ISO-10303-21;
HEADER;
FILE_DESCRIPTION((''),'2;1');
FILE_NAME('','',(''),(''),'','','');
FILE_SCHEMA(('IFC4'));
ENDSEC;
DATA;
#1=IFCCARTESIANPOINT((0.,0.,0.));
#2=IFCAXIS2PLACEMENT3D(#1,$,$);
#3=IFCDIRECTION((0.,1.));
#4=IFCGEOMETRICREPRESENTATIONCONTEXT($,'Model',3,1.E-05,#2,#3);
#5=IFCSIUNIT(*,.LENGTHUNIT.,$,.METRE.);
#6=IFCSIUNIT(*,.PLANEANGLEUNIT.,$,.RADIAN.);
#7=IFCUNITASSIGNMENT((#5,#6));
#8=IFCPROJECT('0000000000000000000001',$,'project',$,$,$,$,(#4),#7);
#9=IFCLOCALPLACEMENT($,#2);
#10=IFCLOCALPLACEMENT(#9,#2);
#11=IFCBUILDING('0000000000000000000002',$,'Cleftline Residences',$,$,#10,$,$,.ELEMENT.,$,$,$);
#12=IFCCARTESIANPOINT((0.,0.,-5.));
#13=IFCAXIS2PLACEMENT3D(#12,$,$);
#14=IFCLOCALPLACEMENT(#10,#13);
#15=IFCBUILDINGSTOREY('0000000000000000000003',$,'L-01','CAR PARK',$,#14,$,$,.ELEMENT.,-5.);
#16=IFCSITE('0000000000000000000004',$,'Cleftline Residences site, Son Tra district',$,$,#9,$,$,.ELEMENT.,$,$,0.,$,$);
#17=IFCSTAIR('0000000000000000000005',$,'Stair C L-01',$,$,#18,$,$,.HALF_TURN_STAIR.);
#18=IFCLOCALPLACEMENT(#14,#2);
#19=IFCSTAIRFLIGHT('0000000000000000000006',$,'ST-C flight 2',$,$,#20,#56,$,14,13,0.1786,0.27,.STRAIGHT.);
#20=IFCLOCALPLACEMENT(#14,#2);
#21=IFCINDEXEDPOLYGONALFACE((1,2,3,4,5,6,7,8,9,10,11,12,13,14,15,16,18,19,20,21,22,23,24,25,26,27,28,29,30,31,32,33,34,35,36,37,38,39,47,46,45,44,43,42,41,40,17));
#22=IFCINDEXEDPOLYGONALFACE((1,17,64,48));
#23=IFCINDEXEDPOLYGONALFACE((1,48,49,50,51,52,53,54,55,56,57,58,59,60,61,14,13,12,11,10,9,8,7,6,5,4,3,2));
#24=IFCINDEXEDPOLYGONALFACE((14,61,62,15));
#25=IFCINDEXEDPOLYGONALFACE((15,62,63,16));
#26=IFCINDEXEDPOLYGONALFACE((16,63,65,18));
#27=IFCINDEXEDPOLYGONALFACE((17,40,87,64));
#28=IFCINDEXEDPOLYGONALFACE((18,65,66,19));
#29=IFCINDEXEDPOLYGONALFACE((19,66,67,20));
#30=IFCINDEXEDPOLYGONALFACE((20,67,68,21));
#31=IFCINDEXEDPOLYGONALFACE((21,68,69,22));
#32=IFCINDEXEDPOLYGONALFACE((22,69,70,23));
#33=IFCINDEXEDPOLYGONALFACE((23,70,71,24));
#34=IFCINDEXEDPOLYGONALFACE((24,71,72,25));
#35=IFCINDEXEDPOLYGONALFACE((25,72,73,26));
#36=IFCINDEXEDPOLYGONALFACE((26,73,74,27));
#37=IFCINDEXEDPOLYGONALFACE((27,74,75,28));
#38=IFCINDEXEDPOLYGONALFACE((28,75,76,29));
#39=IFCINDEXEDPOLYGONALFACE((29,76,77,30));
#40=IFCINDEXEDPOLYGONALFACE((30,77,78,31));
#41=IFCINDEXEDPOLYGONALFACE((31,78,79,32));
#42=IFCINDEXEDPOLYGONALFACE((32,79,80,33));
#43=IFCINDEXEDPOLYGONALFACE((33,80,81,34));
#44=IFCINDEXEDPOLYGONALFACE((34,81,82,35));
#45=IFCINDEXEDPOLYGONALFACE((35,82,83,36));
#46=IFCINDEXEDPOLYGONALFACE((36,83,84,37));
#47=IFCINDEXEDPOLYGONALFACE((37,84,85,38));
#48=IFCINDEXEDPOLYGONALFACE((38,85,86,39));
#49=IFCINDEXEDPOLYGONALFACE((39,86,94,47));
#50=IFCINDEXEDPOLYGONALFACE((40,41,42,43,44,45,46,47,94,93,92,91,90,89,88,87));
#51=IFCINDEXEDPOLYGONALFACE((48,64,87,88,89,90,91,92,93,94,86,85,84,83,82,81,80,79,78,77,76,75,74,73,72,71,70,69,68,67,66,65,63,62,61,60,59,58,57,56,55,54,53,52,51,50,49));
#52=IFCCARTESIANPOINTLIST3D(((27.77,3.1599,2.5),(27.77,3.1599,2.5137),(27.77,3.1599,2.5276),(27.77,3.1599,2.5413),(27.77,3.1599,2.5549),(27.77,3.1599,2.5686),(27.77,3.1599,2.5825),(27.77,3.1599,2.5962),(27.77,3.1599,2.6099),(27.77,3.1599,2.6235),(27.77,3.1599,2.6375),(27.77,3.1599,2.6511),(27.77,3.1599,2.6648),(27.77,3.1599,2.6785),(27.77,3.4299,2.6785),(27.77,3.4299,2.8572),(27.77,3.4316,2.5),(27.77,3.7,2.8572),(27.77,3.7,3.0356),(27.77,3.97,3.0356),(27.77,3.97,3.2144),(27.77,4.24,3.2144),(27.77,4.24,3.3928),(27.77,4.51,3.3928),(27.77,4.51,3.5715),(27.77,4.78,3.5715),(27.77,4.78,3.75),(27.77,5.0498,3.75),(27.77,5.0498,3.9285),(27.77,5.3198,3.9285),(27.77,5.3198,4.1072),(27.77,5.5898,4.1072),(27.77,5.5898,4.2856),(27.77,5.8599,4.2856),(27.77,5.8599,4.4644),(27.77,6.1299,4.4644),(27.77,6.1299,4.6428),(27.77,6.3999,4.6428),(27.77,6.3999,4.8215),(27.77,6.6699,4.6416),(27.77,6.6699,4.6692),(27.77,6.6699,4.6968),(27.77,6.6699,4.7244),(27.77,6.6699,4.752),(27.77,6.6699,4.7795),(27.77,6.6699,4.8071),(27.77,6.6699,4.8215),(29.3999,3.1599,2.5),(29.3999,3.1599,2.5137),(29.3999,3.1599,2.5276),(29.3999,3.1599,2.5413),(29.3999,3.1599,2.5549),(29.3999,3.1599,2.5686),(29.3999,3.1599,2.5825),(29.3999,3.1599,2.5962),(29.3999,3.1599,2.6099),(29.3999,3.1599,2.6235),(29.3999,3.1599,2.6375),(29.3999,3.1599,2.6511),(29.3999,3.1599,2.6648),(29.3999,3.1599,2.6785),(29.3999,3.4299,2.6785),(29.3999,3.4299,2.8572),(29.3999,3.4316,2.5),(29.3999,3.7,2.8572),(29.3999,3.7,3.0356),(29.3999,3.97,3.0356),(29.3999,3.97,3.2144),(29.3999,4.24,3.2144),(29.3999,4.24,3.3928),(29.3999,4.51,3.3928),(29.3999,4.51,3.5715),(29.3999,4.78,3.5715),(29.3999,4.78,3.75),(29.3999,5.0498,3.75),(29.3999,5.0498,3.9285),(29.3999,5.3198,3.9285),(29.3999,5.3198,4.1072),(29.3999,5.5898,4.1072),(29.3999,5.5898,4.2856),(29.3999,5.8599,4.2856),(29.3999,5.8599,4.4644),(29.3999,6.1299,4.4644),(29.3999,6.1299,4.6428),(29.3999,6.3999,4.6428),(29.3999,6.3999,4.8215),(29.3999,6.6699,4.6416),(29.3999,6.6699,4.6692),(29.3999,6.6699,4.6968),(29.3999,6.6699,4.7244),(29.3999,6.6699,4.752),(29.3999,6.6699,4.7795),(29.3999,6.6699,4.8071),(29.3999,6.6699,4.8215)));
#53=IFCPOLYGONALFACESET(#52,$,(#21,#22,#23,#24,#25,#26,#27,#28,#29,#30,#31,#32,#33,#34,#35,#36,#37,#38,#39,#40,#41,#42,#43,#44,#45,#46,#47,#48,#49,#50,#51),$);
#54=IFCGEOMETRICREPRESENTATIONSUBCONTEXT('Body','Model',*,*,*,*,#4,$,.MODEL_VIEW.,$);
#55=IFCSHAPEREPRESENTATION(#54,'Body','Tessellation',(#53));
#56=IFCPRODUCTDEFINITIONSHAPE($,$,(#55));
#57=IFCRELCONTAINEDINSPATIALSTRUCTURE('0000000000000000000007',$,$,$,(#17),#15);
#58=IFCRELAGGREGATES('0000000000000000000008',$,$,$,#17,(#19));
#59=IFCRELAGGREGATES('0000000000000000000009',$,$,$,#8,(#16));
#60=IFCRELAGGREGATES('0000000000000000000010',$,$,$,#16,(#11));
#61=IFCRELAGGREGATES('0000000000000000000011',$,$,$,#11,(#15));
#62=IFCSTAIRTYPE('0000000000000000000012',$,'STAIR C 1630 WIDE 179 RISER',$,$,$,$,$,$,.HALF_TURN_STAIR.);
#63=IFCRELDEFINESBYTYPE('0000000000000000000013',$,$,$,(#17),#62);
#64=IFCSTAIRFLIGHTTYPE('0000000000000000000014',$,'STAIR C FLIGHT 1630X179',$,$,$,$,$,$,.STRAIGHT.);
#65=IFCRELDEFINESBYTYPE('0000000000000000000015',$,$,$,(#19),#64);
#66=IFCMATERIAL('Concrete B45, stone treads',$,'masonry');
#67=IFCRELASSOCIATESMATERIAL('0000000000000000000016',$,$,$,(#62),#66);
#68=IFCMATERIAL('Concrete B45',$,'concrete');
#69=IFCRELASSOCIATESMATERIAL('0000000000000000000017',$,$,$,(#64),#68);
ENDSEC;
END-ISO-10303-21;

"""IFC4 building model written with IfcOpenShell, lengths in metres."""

from ifc_helpers import new_model, si_unit, direction, frame, origin, place, context, subcontext, project, spatial, polyline, outline, extrude, material, type_object, element, aggregate, save


model = new_model("IFC4")

# Units and contexts
model_context = context("Model", 3, precision=1e-05, world=origin(), true_north=direction((0.0, 1.0)))
body_context = subcontext(model_context, "Body", "Model", "MODEL_VIEW")
ifc_project = project(units=[si_unit("LENGTHUNIT", "METRE"), si_unit("PLANEANGLEUNIT", "RADIAN")], contexts=[model_context])

# Site, building, storey
site_placement = place(None, origin())
site = spatial("IfcSite", under=ifc_project, at=site_placement, Name="Cleftline Residences site, Son Tra district", CompositionType="ELEMENT", RefElevation=0.0)
building_placement = place(site_placement, origin())
building = spatial("IfcBuilding", under=site, at=building_placement, Name="Cleftline Residences", CompositionType="ELEMENT")
storey_placement = place(building_placement, frame((0.0, 0.0, -5.0)))
storey = spatial("IfcBuildingStorey", under=building, at=storey_placement, Name="L-01", Description="CAR PARK", CompositionType="ELEMENT", Elevation=-5.0)

# Stair, stair flight
ifc_material_1 = material(Name="Concrete B45, stone treads", Category="masonry")
stair_type = type_object("IfcStairType", Name="STAIR C 1630 WIDE 179 RISER", PredefinedType="HALF_TURN_STAIR", material=ifc_material_1)
stair_placement = place(storey_placement, origin())
stair = element("IfcStair", 1, at=stair_placement, inside=storey, type_object=stair_type, Name="Stair C L-01", PredefinedType="HALF_TURN_STAIR")
ifc_material_2 = material(Name="Concrete B45", Category="concrete")
stair_flight_type = type_object("IfcStairFlightType", Name="STAIR C FLIGHT 1630X179", PredefinedType="STRAIGHT", material=ifc_material_2)
stair_flight_1_placement = place(storey_placement, frame((28.585, 3.1599, 2.5), z_axis=(0.0, 0.0, 1.0), x_axis=(0.0, 1.0, 0.0)))
stair_flight_1 = element("IfcStairFlight", 2, at=stair_flight_1_placement, type_object=stair_flight_type, Name="ST-C flight 2", NumberOfRisers=14, NumberOfTreads=13, PredefinedType="STRAIGHT", RiserHeight=0.1786, TreadLength=0.27, context=body_context, shape_type="SweptSolid", body=[
    extrude(outline(polyline([(0.0, 0.0), (0.0, 0.0137), (0.0, 0.0276), (0.0, 0.0413), (0.0, 0.0549), (0.0, 0.0686), (0.0, 0.0825), (0.0, 0.0962), (0.0, 0.1099), (0.0, 0.1235), (0.0, 0.1375), (0.0, 0.1511), (0.0, 0.1648), (0.0, 0.1785), (0.27, 0.1785), (0.27, 0.3572), (0.54, 0.3572), (0.54, 0.5356), (0.8101, 0.5356), (0.8101, 0.7144), (1.0801, 0.7144), (1.0801, 0.8928), (1.3501, 0.8928), (1.3501, 1.0715), (1.6201, 1.0715), (1.6201, 1.25), (1.8899, 1.25), (1.8899, 1.4285), (2.1599, 1.4285), (2.1599, 1.6072), (2.4299, 1.6072), (2.4299, 1.7856), (2.7, 1.7856), (2.7, 1.9644), (2.97, 1.9644), (2.97, 2.1428), (3.24, 2.1428), (3.24, 2.3215), (3.51, 2.3215), (3.51, 2.5), (3.51, 2.4724), (3.51, 2.4448), (3.51, 2.4172), (3.51, 2.3896), (3.51, 2.3623), (3.51, 2.3347), (3.51, 2.3071), (3.51, 2.2795), (3.51, 2.252), (3.51, 2.2244), (3.51, 2.1968), (3.51, 2.1692), (3.51, 2.1416), (0.2717, 0.0), (0.0, 0.0)])), frame((0.0, 0.8149, 0.0), z_axis=(0.0, -1.0, 0.0), x_axis=(1.0, 0.0, 0.0)), (0.0, 0.0, 1.0), 1.6299),
])
aggregate(stair, [stair_flight_1])

save(model, "model.ifc")
